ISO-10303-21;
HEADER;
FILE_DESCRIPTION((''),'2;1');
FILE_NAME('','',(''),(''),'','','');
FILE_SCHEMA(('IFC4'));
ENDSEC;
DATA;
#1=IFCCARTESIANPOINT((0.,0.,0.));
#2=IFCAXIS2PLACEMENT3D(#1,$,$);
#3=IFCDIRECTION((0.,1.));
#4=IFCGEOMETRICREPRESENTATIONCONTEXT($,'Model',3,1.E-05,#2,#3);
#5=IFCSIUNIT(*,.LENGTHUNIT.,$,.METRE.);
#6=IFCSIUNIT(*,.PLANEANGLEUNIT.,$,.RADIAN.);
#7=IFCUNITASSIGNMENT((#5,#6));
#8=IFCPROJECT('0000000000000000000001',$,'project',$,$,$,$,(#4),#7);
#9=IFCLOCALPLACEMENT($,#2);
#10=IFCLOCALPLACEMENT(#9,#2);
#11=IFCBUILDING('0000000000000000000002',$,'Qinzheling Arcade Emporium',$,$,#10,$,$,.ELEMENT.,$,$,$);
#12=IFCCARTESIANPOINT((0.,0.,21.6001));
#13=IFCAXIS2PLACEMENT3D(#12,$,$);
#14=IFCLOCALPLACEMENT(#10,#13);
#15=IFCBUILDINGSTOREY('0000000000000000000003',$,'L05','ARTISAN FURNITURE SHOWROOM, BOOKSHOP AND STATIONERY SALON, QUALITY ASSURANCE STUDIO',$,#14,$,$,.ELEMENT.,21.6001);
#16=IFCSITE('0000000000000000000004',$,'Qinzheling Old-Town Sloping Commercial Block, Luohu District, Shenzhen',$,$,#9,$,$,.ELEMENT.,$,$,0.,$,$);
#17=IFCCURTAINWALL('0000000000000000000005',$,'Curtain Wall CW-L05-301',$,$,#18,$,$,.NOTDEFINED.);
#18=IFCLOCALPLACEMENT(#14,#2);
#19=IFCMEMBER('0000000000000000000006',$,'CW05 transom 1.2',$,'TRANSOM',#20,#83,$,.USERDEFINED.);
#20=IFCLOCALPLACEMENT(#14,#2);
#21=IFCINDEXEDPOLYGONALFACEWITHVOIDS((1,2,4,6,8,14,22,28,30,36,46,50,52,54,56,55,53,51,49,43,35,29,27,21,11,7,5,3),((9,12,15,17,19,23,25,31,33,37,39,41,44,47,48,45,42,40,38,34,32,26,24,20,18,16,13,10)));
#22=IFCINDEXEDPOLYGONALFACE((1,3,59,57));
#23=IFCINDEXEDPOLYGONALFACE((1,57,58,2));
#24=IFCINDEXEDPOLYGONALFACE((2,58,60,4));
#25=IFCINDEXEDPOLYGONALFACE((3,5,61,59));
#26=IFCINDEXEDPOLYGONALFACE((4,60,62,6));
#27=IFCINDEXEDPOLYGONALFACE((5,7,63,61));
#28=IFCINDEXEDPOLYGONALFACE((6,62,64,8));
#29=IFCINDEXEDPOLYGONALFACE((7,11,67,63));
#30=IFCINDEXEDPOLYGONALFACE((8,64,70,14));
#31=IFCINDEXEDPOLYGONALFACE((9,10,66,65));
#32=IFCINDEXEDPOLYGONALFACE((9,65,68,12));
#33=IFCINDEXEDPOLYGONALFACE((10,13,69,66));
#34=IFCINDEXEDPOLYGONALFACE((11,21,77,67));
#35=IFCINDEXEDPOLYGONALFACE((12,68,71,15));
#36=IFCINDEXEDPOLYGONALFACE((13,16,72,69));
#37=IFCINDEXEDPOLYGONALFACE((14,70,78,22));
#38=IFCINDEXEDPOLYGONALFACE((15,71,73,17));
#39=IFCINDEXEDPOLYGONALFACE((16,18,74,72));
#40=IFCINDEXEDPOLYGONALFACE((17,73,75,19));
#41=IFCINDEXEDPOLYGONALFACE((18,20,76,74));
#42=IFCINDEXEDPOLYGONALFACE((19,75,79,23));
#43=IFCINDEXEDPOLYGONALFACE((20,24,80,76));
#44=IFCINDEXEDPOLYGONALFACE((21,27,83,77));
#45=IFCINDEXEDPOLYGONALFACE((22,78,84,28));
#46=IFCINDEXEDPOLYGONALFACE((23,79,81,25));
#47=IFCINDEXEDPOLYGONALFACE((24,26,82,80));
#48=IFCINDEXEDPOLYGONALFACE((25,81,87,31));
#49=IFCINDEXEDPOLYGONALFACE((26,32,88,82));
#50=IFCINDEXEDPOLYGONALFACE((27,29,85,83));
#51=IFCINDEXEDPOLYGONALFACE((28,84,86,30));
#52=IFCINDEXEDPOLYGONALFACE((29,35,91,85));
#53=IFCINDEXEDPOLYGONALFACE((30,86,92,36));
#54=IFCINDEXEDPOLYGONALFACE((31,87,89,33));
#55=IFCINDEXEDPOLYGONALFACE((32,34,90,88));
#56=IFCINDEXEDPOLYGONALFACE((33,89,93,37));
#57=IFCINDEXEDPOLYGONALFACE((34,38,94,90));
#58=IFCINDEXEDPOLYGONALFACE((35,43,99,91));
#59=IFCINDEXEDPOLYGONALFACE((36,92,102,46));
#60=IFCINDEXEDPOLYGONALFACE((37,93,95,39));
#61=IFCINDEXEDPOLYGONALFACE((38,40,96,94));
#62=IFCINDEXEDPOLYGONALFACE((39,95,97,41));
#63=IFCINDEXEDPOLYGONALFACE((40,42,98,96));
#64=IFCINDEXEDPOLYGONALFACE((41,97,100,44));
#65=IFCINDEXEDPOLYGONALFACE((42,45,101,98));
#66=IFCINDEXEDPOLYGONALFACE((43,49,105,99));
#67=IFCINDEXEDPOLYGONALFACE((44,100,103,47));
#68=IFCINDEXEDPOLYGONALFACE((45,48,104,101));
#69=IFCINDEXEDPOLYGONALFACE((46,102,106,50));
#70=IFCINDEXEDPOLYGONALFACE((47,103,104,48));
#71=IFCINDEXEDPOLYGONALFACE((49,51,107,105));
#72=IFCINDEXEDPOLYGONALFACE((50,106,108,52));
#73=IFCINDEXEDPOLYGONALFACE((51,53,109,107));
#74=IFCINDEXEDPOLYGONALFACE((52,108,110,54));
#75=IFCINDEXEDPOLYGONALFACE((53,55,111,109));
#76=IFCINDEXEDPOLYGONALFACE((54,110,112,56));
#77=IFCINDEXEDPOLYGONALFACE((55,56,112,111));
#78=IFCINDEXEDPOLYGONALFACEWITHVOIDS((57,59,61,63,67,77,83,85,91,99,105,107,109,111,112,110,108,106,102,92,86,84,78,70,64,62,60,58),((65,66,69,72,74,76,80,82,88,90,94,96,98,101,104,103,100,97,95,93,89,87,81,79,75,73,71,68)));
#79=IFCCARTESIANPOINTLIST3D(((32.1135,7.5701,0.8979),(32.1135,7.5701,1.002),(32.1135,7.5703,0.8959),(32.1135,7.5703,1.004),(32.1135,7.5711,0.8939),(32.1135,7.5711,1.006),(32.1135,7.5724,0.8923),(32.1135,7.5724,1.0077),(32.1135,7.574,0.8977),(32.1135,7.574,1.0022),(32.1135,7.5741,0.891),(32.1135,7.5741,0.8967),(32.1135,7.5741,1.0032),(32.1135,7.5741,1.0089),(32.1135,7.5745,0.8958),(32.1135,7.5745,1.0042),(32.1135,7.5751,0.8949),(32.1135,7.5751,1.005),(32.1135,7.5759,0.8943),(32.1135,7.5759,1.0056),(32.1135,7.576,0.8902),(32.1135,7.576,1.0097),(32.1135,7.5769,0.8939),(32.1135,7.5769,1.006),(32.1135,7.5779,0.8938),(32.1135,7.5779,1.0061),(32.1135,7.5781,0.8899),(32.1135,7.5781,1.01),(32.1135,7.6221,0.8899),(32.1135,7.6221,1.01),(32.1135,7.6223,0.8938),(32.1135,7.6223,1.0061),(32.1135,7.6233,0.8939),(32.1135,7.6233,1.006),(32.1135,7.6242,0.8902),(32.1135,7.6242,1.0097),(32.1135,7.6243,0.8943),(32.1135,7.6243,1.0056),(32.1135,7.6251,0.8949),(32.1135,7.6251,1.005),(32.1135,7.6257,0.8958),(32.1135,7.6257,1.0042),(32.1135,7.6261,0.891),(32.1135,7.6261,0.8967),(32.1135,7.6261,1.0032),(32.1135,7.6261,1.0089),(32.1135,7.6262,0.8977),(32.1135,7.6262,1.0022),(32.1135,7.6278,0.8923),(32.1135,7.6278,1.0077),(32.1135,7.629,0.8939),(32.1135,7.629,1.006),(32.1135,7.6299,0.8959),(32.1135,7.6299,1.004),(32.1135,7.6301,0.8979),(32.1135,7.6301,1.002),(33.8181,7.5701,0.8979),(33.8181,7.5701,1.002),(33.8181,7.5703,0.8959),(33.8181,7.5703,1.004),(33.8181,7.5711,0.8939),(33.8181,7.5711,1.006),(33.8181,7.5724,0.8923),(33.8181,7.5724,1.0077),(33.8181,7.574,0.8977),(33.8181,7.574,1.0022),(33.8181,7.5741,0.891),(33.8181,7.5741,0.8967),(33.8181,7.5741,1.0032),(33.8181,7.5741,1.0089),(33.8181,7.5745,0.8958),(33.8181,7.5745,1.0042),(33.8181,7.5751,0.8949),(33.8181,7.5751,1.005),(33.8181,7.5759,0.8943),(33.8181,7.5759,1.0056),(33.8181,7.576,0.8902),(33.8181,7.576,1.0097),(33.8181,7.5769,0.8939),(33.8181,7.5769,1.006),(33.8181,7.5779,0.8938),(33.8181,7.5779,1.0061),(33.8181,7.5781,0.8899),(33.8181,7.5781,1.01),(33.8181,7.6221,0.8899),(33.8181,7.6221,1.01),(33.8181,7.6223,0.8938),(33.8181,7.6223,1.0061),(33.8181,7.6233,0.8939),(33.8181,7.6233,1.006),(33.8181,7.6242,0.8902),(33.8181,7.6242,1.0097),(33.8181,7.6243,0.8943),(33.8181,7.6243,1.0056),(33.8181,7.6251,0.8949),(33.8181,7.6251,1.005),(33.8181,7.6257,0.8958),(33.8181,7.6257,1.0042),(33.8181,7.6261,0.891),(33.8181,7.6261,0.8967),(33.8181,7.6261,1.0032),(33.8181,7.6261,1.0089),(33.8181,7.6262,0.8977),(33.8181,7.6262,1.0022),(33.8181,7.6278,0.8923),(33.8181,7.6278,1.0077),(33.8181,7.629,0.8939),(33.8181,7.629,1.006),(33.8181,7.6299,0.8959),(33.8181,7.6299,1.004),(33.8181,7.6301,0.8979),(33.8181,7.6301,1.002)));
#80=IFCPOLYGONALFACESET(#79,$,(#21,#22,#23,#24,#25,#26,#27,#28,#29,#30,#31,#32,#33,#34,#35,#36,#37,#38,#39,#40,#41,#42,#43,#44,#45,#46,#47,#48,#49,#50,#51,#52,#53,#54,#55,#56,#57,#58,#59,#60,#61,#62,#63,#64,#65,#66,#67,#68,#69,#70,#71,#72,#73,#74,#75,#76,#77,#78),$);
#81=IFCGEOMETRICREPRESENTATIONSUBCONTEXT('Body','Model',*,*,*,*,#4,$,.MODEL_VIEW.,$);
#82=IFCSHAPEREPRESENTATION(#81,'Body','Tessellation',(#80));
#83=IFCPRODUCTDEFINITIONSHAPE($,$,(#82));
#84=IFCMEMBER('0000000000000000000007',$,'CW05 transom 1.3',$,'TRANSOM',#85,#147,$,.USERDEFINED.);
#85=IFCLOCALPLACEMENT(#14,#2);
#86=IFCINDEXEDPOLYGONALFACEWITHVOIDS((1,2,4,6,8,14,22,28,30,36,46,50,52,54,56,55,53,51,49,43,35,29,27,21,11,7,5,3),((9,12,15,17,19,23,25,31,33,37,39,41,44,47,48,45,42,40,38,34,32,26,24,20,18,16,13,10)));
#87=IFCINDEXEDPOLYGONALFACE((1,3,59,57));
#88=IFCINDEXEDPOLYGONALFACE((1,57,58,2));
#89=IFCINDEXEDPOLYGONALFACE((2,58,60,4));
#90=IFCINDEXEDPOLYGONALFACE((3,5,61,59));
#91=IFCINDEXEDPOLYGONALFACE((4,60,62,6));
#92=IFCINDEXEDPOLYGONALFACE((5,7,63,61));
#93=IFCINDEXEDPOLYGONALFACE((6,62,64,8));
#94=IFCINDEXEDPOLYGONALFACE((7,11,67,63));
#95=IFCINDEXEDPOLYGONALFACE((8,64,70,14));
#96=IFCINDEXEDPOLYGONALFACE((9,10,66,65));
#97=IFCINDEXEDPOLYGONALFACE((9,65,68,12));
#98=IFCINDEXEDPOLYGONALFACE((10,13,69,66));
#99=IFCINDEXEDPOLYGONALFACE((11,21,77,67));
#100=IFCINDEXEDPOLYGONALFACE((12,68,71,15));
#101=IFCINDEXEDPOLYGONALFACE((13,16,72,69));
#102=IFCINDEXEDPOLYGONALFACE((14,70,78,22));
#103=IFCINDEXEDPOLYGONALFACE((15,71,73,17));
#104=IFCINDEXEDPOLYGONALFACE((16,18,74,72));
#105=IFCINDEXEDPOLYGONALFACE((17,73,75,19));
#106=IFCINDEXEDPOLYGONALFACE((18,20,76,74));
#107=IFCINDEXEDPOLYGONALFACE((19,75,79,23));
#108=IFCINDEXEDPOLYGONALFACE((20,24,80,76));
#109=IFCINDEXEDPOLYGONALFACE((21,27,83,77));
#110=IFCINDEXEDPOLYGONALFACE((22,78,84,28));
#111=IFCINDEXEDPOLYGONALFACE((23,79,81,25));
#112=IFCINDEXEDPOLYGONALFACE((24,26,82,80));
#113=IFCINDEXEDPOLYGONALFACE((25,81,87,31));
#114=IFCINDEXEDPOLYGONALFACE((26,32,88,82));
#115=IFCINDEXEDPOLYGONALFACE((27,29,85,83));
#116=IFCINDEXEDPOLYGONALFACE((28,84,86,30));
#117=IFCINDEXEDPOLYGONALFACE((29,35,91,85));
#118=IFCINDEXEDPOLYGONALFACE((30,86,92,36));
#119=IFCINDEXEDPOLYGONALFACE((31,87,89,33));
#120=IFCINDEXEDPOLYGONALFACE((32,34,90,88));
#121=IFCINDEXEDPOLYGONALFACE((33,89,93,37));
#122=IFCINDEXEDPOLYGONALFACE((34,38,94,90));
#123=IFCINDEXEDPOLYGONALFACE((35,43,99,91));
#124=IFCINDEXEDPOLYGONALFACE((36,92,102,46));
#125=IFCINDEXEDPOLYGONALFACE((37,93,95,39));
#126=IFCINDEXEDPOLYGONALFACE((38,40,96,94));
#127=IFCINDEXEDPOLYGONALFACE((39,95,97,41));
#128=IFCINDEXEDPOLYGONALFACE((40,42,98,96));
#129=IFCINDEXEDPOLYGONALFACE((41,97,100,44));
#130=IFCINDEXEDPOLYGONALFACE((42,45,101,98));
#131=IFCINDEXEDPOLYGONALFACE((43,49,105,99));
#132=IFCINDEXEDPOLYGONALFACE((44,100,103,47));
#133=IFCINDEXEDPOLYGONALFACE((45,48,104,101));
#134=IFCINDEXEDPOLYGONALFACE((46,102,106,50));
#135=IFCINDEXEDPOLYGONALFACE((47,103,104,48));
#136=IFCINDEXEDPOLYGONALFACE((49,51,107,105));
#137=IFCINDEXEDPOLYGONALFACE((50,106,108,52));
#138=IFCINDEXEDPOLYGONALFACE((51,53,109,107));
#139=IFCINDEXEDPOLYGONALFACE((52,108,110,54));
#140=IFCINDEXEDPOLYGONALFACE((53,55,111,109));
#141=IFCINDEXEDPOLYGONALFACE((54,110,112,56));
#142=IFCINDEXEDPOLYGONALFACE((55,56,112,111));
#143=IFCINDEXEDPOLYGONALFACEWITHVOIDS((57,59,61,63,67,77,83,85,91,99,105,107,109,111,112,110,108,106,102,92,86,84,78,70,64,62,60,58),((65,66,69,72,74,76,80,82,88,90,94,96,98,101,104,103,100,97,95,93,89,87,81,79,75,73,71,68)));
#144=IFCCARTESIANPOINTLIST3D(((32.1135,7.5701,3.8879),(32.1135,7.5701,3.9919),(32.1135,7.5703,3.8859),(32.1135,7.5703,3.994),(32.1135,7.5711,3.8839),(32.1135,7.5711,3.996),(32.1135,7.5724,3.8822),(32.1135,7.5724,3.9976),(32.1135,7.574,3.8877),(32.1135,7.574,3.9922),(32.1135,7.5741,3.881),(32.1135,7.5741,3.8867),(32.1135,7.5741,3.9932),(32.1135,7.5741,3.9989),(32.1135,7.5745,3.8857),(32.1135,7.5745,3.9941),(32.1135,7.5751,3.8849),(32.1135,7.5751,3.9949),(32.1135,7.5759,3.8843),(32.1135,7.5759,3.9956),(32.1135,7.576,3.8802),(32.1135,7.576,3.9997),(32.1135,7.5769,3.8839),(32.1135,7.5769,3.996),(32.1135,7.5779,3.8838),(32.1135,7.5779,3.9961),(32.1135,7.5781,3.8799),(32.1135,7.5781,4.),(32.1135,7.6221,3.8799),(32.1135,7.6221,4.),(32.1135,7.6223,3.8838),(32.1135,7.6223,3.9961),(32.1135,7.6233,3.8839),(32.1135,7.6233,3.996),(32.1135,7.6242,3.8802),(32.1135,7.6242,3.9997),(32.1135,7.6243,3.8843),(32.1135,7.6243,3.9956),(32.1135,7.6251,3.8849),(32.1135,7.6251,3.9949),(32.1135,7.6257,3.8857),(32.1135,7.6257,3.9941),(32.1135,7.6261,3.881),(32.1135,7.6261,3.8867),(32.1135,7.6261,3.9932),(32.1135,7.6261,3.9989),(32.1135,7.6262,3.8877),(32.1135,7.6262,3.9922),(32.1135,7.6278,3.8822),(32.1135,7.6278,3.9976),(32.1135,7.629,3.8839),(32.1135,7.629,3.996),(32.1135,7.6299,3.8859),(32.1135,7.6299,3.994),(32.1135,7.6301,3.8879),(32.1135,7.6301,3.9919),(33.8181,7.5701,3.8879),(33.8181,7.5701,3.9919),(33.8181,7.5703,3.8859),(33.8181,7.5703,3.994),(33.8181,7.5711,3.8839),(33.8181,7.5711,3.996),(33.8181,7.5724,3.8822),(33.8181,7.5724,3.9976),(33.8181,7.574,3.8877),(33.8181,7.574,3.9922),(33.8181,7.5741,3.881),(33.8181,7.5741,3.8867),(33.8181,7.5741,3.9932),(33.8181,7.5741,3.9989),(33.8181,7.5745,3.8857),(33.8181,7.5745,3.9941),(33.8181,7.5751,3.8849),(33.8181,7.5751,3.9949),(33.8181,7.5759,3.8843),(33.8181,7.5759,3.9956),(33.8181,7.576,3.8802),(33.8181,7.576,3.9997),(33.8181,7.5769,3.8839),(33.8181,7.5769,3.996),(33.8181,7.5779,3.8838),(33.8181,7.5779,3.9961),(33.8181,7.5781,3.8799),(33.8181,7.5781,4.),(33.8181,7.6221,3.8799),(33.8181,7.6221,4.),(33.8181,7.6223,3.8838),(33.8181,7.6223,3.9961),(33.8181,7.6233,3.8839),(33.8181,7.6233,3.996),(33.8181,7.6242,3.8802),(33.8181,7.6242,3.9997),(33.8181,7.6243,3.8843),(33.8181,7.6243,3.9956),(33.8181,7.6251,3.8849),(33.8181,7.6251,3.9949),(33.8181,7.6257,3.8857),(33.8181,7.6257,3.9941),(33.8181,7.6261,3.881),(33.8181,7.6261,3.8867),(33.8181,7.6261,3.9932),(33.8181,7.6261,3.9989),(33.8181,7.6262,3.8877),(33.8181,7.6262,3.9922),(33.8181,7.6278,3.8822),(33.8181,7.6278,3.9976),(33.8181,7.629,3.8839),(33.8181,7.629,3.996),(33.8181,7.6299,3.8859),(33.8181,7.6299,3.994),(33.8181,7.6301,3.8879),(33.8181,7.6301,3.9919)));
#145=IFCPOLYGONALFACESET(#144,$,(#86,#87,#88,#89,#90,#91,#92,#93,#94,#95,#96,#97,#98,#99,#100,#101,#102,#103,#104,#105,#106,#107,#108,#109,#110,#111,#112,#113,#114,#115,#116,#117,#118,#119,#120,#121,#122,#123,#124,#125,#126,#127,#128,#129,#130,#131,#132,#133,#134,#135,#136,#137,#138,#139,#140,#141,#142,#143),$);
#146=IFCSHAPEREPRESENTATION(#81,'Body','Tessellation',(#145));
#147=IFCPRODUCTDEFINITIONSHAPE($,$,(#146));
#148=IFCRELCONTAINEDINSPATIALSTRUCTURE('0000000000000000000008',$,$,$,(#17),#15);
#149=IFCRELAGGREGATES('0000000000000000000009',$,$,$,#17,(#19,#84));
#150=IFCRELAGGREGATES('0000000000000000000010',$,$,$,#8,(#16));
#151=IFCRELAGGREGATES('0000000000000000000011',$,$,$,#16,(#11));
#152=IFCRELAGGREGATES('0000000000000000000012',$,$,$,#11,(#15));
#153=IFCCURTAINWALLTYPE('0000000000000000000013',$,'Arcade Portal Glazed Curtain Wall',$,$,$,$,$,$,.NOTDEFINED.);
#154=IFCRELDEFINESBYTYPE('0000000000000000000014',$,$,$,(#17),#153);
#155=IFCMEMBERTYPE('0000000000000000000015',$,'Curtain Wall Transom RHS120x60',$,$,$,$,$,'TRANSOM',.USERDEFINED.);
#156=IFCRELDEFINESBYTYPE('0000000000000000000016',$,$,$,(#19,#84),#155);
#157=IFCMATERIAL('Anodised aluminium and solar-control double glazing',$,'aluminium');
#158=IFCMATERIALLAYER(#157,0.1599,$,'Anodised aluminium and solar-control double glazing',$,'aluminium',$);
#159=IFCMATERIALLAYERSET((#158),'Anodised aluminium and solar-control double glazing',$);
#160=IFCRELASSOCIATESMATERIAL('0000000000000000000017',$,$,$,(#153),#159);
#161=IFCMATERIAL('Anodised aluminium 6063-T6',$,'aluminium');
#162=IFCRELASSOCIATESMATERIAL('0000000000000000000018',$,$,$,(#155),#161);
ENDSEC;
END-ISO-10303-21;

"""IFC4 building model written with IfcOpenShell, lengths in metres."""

from ifc_helpers import new_model, si_unit, direction, frame, origin, origin_2d, place, context, subcontext, project, spatial, hollow_rectangle, extrude, material, layer, layer_set, material_profile, profile_set, type_object, element, aggregate, save


model = new_model("IFC4")

# Units and contexts
model_context = context("Model", 3, precision=1e-05, world=origin(), true_north=direction((0.0, 1.0)))
body_context = subcontext(model_context, "Body", "Model", "MODEL_VIEW")
ifc_project = project(units=[si_unit("LENGTHUNIT", "METRE"), si_unit("PLANEANGLEUNIT", "RADIAN")], contexts=[model_context])

# Site, building, storey
site_placement = place(None, origin())
site = spatial("IfcSite", under=ifc_project, at=site_placement, Name="Qinzheling Old-Town Sloping Commercial Block, Luohu District, Shenzhen", CompositionType="ELEMENT", RefElevation=0.0)
building_placement = place(site_placement, origin())
building = spatial("IfcBuilding", under=site, at=building_placement, Name="Qinzheling Arcade Emporium", CompositionType="ELEMENT")
storey_placement = place(building_placement, frame((0.0, 0.0, 21.6001)))
storey = spatial("IfcBuildingStorey", under=building, at=storey_placement, Name="L05", Description="ARTISAN FURNITURE SHOWROOM, BOOKSHOP AND STATIONERY SALON, QUALITY ASSURANCE STUDIO", CompositionType="ELEMENT", Elevation=21.6001)

# Shared definitions
ifc_material_1 = material(Name="Anodised aluminium and solar-control double glazing", Category="aluminium")
ifc_layer_1 = layer(ifc_material_1, 0.1599, Name="Anodised aluminium and solar-control double glazing", Category="aluminium")
ifc_layer_set_1 = layer_set([ifc_layer_1], Name="Anodised aluminium and solar-control double glazing")
curtain_wall_type = type_object("IfcCurtainWallType", Name="Arcade Portal Glazed Curtain Wall", PredefinedType="NOTDEFINED", material=ifc_layer_set_1)
ifc_material_2 = material(Name="Anodised aluminium 6063-T6", Category="aluminium")

# Curtain wall, members
curtain_wall_1_placement = place(storey_placement, origin())
curtain_wall_1 = element("IfcCurtainWall", 1, at=curtain_wall_1_placement, inside=storey, type_object=curtain_wall_type, Name="Curtain Wall CW-L05-301", PredefinedType="NOTDEFINED")
ifc_material_profile_1 = material_profile(ifc_material_2, hollow_rectangle(XDim=0.0601, YDim=0.1201, WallThickness=0.0039, InnerFilletRadius=0.0039, OuterFilletRadius=0.0081, at=origin_2d()), Name="RHS 120x60x4", Category="aluminium")
ifc_profile_set_1 = profile_set([ifc_material_profile_1], Name="Anodised aluminium 6063-T6")
member_type_1 = type_object("IfcMemberType", Name="Curtain Wall Transom RHS120x60", ElementType="TRANSOM", PredefinedType="USERDEFINED", material=ifc_profile_set_1)
member_1_placement = place(storey_placement, frame((33.8181, 7.6001, 0.95), z_axis=(-1.0, 0.0, 0.0), x_axis=(0.0, -1.0, 0.0)))
member_1 = element("IfcMember", 2, at=member_1_placement, type_object=member_type_1, Name="CW05 transom 1.2", ObjectType="TRANSOM", PredefinedType="USERDEFINED", context=body_context, shape_type="SweptSolid", body=[
    extrude(hollow_rectangle(XDim=0.0601, YDim=0.1201, WallThickness=0.0039, InnerFilletRadius=0.0039, OuterFilletRadius=0.0081, at=origin_2d()), origin(), (0.0, 0.0, 1.0), 1.7046),
])
member_2_placement = place(storey_placement, frame((33.8181, 7.6001, 3.9399), z_axis=(-1.0, 0.0, 0.0), x_axis=(0.0, -1.0, 0.0)))
member_2 = element("IfcMember", 3, at=member_2_placement, type_object=member_type_1, Name="CW05 transom 1.3", ObjectType="TRANSOM", PredefinedType="USERDEFINED", context=body_context, shape_type="SweptSolid", body=[
    extrude(hollow_rectangle(XDim=0.0601, YDim=0.1201, WallThickness=0.0039, InnerFilletRadius=0.0039, OuterFilletRadius=0.0081, at=origin_2d()), origin(), (0.0, 0.0, 1.0), 1.7046),
])

aggregate(curtain_wall_1, [member_1, member_2])

save(model, "model.ifc")
